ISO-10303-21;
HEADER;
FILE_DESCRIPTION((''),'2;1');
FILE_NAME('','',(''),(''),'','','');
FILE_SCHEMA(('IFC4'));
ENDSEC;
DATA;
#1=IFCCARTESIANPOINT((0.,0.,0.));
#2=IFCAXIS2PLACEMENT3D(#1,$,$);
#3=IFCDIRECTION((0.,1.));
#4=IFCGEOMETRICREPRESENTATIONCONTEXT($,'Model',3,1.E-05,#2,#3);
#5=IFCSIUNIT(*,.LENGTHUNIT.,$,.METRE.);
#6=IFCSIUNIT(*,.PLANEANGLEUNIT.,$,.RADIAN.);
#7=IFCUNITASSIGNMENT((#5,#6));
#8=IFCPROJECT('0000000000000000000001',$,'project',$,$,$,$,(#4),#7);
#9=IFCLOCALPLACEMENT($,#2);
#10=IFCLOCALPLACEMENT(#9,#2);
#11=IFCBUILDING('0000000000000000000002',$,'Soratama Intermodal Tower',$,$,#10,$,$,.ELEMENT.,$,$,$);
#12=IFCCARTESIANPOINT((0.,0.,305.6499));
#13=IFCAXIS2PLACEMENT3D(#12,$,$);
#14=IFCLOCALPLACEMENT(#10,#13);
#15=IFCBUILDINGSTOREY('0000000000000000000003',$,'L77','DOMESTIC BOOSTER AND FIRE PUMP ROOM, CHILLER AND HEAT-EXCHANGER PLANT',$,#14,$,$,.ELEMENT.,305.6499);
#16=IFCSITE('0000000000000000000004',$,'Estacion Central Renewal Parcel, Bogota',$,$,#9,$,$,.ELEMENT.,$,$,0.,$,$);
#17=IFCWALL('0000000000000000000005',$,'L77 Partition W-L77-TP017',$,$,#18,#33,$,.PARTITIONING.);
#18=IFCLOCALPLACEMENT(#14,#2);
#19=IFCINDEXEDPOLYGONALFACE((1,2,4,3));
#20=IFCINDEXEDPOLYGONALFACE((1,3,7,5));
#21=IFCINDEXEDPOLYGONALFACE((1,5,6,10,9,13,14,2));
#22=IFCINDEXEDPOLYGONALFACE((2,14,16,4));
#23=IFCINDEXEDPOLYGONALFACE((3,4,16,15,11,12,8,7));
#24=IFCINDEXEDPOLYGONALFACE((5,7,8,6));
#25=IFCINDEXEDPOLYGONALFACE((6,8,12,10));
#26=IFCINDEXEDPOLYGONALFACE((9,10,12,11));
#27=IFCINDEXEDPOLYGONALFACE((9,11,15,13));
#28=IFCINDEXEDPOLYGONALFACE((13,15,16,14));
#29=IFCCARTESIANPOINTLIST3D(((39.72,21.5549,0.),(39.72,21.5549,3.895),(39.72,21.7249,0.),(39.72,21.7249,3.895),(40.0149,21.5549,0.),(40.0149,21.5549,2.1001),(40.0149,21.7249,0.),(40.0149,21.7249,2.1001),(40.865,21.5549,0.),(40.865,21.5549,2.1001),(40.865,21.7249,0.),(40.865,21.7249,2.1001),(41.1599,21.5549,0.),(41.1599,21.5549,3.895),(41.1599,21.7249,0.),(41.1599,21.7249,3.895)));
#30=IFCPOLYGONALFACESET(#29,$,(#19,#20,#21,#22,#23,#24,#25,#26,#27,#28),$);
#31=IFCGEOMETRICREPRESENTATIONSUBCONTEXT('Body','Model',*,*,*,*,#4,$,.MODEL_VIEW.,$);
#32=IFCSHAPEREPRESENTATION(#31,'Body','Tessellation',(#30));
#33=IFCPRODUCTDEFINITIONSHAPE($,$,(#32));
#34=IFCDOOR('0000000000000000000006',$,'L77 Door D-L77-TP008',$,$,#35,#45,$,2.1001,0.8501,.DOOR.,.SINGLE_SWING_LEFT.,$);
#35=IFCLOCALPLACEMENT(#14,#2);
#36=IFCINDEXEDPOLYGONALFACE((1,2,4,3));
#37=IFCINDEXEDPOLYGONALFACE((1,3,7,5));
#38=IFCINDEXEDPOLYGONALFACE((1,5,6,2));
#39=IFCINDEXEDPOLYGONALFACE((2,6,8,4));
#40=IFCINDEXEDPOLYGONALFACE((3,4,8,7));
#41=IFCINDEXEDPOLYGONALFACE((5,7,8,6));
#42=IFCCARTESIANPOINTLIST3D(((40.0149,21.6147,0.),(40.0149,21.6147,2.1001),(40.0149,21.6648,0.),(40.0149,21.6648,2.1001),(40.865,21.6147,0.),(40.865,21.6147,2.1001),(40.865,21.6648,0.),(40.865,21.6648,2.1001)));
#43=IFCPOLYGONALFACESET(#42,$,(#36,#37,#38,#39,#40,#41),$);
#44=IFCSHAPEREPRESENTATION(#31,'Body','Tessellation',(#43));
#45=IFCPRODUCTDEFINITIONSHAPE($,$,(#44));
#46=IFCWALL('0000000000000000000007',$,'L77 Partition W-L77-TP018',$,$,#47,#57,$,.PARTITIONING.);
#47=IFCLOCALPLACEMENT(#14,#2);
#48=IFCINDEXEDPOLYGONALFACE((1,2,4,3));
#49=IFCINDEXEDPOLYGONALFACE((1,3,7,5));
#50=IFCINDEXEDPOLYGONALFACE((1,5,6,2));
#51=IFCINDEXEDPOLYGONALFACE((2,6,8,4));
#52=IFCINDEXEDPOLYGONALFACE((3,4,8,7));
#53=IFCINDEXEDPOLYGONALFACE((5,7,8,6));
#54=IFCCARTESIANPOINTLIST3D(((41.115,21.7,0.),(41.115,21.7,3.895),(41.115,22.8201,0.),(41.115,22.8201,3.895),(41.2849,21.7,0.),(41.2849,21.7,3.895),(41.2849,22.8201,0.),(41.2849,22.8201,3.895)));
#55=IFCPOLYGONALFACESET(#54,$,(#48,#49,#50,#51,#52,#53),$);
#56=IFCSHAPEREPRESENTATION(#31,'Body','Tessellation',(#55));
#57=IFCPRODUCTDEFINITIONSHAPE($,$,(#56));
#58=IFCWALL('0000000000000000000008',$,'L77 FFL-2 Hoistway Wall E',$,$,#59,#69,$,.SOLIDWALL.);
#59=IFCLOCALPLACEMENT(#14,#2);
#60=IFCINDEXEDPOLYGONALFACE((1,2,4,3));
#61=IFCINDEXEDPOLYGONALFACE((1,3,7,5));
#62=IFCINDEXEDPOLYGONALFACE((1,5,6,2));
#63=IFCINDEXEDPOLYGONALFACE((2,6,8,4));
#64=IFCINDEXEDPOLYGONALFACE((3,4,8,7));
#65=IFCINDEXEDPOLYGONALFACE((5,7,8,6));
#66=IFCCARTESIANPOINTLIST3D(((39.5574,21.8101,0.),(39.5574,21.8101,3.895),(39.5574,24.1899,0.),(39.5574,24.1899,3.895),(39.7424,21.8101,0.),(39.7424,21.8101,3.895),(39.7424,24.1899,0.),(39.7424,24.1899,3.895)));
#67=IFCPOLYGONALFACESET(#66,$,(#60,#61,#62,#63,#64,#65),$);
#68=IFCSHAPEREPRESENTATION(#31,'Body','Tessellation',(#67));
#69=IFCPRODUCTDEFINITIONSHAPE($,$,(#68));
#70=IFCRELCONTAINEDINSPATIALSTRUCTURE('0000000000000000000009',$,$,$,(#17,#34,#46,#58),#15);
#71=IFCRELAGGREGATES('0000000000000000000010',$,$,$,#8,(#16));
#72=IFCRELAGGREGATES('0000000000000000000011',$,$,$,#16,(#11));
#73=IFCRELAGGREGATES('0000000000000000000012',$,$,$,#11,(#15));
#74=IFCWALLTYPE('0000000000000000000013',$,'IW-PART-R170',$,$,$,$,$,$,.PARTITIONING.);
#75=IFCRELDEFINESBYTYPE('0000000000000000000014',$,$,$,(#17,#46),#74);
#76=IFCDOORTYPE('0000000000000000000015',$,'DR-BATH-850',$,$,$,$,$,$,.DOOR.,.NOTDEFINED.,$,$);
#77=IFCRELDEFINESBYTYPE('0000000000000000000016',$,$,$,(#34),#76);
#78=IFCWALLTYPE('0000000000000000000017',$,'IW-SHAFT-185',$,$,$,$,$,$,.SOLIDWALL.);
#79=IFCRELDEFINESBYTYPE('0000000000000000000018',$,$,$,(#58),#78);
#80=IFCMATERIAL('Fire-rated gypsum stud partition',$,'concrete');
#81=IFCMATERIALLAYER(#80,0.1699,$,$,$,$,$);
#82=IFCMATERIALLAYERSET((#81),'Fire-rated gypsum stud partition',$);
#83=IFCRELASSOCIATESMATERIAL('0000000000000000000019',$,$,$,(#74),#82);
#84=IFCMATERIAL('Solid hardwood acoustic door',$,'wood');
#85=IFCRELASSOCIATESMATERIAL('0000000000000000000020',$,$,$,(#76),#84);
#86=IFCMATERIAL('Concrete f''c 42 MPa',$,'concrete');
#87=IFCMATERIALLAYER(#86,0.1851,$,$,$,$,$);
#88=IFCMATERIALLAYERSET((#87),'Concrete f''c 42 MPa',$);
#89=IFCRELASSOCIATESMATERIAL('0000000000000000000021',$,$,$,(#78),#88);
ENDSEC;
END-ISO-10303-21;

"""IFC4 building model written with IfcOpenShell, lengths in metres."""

from ifc_helpers import new_model, si_unit, direction, frame, frame_2d, origin, place, context, subcontext, project, spatial, rectangle, extrude, material, layer, layer_set, type_object, element, fill, save


model = new_model("IFC4")

# Units and contexts
model_context = context("Model", 3, precision=1e-05, world=origin(), true_north=direction((0.0, 1.0)))
body_context = subcontext(model_context, "Body", "Model", "MODEL_VIEW")
ifc_project = project(units=[si_unit("LENGTHUNIT", "METRE"), si_unit("PLANEANGLEUNIT", "RADIAN")], contexts=[model_context])

# Site, building, storey
site_placement = place(None, origin())
site = spatial("IfcSite", under=ifc_project, at=site_placement, Name="Estacion Central Renewal Parcel, Bogota", CompositionType="ELEMENT", RefElevation=0.0)
building_placement = place(site_placement, origin())
building = spatial("IfcBuilding", under=site, at=building_placement, Name="Soratama Intermodal Tower", CompositionType="ELEMENT")
storey_placement = place(building_placement, frame((0.0, 0.0, 305.6499)))
storey = spatial("IfcBuildingStorey", under=building, at=storey_placement, Name="L77", Description="DOMESTIC BOOSTER AND FIRE PUMP ROOM, CHILLER AND HEAT-EXCHANGER PLANT", CompositionType="ELEMENT", Elevation=305.6499)

# Shared definitions
ifc_material_1 = material(Name="Fire-rated gypsum stud partition", Category="concrete")
ifc_layer_1 = layer(ifc_material_1, 0.1699)
ifc_layer_set_1 = layer_set([ifc_layer_1], Name="Fire-rated gypsum stud partition")
wall_type_1 = type_object("IfcWallType", Name="IW-PART-R170", PredefinedType="PARTITIONING", material=ifc_layer_set_1)

# Wall, opening, door
wall_1_placement = place(storey_placement, frame((39.72, 21.6399, 0.0), z_axis=(0.0, 0.0, 1.0), x_axis=(1.0, 0.0, 0.0)))
wall_1 = element("IfcWall", 1, at=wall_1_placement, inside=storey, type_object=wall_type_1, Name="L77 Partition W-L77-TP017", PredefinedType="PARTITIONING", context=body_context, shape_type="SweptSolid", body=[
    extrude(rectangle(XDim=1.4399, YDim=0.1699, at=frame_2d((0.72, 0.0))), origin(), (0.0, 0.0, 1.0), 3.895),
])
opening_1_placement = place(wall_1_placement, frame((0.2949, 0.0, 0.0)))
opening_1 = element("IfcOpeningElement", 2, at=opening_1_placement, cuts=wall_1, PredefinedType="OPENING", context=body_context, shape_type="SweptSolid", body=[
    extrude(rectangle(XDim=0.8501, YDim=2.1001, at=frame_2d((0.425, 1.05))), frame((0.0, 0.095, 0.0), z_axis=(0.0, -1.0, 0.0), x_axis=(1.0, 0.0, 0.0)), (0.0, 0.0, 1.0), 0.1899),
])
ifc_material_2 = material(Name="Solid hardwood acoustic door", Category="wood")
door_type_1 = type_object("IfcDoorType", Name="DR-BATH-850", OperationType="NOTDEFINED", PredefinedType="DOOR", material=ifc_material_2)
door_1_placement = place(opening_1_placement, origin())
door_1 = element("IfcDoor", 3, at=door_1_placement, inside=storey, type_object=door_type_1, Name="L77 Door D-L77-TP008", OperationType="SINGLE_SWING_LEFT", OverallHeight=2.1001, OverallWidth=0.8501, PredefinedType="DOOR", context=body_context, shape_type="SweptSolid", body=[
    extrude(rectangle(XDim=0.8501, YDim=2.1001, at=frame_2d((0.425, 1.05))), frame((0.0, 0.0249, 0.0), z_axis=(0.0, -1.0, 0.0), x_axis=(1.0, 0.0, 0.0)), (0.0, 0.0, 1.0), 0.05),
])
fill(opening_1, door_1)

# Walls
wall_2_placement = place(storey_placement, frame((41.2, 21.7, 0.0), z_axis=(0.0, 0.0, 1.0), x_axis=(0.0, 1.0, 0.0)))
element("IfcWall", 4, at=wall_2_placement, inside=storey, type_object=wall_type_1, Name="L77 Partition W-L77-TP018", PredefinedType="PARTITIONING", context=body_context, shape_type="SweptSolid", body=[
    extrude(rectangle(XDim=1.1201, YDim=0.1699, at=frame_2d((0.5601, 0.0))), origin(), (0.0, 0.0, 1.0), 3.895),
])
ifc_material_3 = material(Name="Concrete f'c 42 MPa", Category="concrete")
ifc_layer_2 = layer(ifc_material_3, 0.1851)
ifc_layer_set_2 = layer_set([ifc_layer_2], Name="Concrete f'c 42 MPa")
wall_type_2 = type_object("IfcWallType", Name="IW-SHAFT-185", PredefinedType="SOLIDWALL", material=ifc_layer_set_2)
wall_3_placement = place(storey_placement, frame((39.6499, 21.8101, 0.0), z_axis=(0.0, 0.0, 1.0), x_axis=(0.0, 1.0, 0.0)))
element("IfcWall", 5, at=wall_3_placement, inside=storey, type_object=wall_type_2, Name="L77 FFL-2 Hoistway Wall E", PredefinedType="SOLIDWALL", context=body_context, shape_type="SweptSolid", body=[
    extrude(rectangle(XDim=2.3799, YDim=0.1851, at=frame_2d((1.1899, 0.0))), origin(), (0.0, 0.0, 1.0), 3.895),
])

save(model, "model.ifc")
